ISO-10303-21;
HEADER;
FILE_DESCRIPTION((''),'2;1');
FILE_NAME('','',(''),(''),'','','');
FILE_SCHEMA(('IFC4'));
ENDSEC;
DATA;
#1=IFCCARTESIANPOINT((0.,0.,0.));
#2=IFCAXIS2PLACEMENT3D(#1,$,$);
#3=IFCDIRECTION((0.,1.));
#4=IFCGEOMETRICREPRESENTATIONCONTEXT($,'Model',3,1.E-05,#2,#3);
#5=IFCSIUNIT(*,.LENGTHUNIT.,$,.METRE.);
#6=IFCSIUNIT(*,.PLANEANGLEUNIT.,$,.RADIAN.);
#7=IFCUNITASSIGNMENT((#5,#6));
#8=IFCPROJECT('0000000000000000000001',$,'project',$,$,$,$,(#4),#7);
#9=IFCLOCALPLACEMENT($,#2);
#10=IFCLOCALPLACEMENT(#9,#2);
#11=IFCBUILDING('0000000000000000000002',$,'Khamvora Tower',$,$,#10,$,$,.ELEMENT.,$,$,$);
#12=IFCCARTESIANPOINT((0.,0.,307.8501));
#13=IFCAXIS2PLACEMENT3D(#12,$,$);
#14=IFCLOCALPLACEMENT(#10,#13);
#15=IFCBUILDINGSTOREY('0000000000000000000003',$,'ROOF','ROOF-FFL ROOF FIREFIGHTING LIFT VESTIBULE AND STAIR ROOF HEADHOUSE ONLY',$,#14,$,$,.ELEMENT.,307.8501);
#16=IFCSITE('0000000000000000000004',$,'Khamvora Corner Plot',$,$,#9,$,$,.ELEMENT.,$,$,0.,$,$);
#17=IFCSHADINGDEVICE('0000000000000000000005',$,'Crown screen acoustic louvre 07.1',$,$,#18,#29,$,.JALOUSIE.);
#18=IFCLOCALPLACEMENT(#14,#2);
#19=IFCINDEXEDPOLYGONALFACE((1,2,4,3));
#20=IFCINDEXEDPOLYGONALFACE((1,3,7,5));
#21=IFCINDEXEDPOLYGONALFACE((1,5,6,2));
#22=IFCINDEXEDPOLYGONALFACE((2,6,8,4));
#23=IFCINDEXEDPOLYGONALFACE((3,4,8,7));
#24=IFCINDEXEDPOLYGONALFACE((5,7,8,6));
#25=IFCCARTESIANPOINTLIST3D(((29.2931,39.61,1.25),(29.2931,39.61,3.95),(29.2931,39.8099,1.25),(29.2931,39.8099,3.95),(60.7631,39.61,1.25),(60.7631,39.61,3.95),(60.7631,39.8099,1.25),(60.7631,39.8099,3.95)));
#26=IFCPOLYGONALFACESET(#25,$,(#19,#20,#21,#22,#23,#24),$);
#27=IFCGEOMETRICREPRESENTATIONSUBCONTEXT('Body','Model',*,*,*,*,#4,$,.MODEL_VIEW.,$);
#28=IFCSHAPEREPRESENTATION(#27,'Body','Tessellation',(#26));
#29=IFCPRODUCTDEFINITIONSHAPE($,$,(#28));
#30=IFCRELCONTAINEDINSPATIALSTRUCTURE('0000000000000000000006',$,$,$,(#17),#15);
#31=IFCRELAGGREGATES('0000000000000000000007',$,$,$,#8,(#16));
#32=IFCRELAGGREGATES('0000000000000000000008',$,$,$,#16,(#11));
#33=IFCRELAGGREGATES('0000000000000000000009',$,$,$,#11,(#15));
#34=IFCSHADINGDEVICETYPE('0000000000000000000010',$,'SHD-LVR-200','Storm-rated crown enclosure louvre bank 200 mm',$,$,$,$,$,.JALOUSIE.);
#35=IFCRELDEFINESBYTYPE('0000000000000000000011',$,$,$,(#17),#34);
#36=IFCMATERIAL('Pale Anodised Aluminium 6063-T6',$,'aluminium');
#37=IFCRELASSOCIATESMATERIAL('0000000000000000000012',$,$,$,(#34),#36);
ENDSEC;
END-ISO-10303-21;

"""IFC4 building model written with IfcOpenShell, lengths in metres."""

from ifc_helpers import new_model, si_unit, direction, frame, origin, origin_2d, place, context, subcontext, project, spatial, rectangle, extrude, material, type_object, element, save


model = new_model("IFC4")

# Units and contexts
model_context = context("Model", 3, precision=1e-05, world=origin(), true_north=direction((0.0, 1.0)))
body_context = subcontext(model_context, "Body", "Model", "MODEL_VIEW")
ifc_project = project(units=[si_unit("LENGTHUNIT", "METRE"), si_unit("PLANEANGLEUNIT", "RADIAN")], contexts=[model_context])

# Site, building, storey
site_placement = place(None, origin())
site = spatial("IfcSite", under=ifc_project, at=site_placement, Name="Khamvora Corner Plot", CompositionType="ELEMENT", RefElevation=0.0)
building_placement = place(site_placement, origin())
building = spatial("IfcBuilding", under=site, at=building_placement, Name="Khamvora Tower", CompositionType="ELEMENT")
storey_placement = place(building_placement, frame((0.0, 0.0, 307.8501)))
storey = spatial("IfcBuildingStorey", under=building, at=storey_placement, Name="ROOF", Description="ROOF-FFL ROOF FIREFIGHTING LIFT VESTIBULE AND STAIR ROOF HEADHOUSE ONLY", CompositionType="ELEMENT", Elevation=307.8501)

# Shading device
ifc_material_1 = material(Name="Pale Anodised Aluminium 6063-T6", Category="aluminium")
shading_device_type = type_object("IfcShadingDeviceType", Name="SHD-LVR-200", Description="Storm-rated crown enclosure louvre bank 200 mm", PredefinedType="JALOUSIE", material=ifc_material_1)
shading_device_placement = place(storey_placement, frame((45.0281, 39.71, 1.25), z_axis=(0.0, 0.0, 1.0), x_axis=(1.0, 0.0, 0.0)))
element("IfcShadingDevice", 1, at=shading_device_placement, inside=storey, type_object=shading_device_type, Name="Crown screen acoustic louvre 07.1", PredefinedType="JALOUSIE", context=body_context, shape_type="SweptSolid", body=[
    extrude(rectangle(XDim=31.47, YDim=0.2, at=origin_2d()), origin(), (0.0, 0.0, 1.0), 2.7),
])

save(model, "model.ifc")
